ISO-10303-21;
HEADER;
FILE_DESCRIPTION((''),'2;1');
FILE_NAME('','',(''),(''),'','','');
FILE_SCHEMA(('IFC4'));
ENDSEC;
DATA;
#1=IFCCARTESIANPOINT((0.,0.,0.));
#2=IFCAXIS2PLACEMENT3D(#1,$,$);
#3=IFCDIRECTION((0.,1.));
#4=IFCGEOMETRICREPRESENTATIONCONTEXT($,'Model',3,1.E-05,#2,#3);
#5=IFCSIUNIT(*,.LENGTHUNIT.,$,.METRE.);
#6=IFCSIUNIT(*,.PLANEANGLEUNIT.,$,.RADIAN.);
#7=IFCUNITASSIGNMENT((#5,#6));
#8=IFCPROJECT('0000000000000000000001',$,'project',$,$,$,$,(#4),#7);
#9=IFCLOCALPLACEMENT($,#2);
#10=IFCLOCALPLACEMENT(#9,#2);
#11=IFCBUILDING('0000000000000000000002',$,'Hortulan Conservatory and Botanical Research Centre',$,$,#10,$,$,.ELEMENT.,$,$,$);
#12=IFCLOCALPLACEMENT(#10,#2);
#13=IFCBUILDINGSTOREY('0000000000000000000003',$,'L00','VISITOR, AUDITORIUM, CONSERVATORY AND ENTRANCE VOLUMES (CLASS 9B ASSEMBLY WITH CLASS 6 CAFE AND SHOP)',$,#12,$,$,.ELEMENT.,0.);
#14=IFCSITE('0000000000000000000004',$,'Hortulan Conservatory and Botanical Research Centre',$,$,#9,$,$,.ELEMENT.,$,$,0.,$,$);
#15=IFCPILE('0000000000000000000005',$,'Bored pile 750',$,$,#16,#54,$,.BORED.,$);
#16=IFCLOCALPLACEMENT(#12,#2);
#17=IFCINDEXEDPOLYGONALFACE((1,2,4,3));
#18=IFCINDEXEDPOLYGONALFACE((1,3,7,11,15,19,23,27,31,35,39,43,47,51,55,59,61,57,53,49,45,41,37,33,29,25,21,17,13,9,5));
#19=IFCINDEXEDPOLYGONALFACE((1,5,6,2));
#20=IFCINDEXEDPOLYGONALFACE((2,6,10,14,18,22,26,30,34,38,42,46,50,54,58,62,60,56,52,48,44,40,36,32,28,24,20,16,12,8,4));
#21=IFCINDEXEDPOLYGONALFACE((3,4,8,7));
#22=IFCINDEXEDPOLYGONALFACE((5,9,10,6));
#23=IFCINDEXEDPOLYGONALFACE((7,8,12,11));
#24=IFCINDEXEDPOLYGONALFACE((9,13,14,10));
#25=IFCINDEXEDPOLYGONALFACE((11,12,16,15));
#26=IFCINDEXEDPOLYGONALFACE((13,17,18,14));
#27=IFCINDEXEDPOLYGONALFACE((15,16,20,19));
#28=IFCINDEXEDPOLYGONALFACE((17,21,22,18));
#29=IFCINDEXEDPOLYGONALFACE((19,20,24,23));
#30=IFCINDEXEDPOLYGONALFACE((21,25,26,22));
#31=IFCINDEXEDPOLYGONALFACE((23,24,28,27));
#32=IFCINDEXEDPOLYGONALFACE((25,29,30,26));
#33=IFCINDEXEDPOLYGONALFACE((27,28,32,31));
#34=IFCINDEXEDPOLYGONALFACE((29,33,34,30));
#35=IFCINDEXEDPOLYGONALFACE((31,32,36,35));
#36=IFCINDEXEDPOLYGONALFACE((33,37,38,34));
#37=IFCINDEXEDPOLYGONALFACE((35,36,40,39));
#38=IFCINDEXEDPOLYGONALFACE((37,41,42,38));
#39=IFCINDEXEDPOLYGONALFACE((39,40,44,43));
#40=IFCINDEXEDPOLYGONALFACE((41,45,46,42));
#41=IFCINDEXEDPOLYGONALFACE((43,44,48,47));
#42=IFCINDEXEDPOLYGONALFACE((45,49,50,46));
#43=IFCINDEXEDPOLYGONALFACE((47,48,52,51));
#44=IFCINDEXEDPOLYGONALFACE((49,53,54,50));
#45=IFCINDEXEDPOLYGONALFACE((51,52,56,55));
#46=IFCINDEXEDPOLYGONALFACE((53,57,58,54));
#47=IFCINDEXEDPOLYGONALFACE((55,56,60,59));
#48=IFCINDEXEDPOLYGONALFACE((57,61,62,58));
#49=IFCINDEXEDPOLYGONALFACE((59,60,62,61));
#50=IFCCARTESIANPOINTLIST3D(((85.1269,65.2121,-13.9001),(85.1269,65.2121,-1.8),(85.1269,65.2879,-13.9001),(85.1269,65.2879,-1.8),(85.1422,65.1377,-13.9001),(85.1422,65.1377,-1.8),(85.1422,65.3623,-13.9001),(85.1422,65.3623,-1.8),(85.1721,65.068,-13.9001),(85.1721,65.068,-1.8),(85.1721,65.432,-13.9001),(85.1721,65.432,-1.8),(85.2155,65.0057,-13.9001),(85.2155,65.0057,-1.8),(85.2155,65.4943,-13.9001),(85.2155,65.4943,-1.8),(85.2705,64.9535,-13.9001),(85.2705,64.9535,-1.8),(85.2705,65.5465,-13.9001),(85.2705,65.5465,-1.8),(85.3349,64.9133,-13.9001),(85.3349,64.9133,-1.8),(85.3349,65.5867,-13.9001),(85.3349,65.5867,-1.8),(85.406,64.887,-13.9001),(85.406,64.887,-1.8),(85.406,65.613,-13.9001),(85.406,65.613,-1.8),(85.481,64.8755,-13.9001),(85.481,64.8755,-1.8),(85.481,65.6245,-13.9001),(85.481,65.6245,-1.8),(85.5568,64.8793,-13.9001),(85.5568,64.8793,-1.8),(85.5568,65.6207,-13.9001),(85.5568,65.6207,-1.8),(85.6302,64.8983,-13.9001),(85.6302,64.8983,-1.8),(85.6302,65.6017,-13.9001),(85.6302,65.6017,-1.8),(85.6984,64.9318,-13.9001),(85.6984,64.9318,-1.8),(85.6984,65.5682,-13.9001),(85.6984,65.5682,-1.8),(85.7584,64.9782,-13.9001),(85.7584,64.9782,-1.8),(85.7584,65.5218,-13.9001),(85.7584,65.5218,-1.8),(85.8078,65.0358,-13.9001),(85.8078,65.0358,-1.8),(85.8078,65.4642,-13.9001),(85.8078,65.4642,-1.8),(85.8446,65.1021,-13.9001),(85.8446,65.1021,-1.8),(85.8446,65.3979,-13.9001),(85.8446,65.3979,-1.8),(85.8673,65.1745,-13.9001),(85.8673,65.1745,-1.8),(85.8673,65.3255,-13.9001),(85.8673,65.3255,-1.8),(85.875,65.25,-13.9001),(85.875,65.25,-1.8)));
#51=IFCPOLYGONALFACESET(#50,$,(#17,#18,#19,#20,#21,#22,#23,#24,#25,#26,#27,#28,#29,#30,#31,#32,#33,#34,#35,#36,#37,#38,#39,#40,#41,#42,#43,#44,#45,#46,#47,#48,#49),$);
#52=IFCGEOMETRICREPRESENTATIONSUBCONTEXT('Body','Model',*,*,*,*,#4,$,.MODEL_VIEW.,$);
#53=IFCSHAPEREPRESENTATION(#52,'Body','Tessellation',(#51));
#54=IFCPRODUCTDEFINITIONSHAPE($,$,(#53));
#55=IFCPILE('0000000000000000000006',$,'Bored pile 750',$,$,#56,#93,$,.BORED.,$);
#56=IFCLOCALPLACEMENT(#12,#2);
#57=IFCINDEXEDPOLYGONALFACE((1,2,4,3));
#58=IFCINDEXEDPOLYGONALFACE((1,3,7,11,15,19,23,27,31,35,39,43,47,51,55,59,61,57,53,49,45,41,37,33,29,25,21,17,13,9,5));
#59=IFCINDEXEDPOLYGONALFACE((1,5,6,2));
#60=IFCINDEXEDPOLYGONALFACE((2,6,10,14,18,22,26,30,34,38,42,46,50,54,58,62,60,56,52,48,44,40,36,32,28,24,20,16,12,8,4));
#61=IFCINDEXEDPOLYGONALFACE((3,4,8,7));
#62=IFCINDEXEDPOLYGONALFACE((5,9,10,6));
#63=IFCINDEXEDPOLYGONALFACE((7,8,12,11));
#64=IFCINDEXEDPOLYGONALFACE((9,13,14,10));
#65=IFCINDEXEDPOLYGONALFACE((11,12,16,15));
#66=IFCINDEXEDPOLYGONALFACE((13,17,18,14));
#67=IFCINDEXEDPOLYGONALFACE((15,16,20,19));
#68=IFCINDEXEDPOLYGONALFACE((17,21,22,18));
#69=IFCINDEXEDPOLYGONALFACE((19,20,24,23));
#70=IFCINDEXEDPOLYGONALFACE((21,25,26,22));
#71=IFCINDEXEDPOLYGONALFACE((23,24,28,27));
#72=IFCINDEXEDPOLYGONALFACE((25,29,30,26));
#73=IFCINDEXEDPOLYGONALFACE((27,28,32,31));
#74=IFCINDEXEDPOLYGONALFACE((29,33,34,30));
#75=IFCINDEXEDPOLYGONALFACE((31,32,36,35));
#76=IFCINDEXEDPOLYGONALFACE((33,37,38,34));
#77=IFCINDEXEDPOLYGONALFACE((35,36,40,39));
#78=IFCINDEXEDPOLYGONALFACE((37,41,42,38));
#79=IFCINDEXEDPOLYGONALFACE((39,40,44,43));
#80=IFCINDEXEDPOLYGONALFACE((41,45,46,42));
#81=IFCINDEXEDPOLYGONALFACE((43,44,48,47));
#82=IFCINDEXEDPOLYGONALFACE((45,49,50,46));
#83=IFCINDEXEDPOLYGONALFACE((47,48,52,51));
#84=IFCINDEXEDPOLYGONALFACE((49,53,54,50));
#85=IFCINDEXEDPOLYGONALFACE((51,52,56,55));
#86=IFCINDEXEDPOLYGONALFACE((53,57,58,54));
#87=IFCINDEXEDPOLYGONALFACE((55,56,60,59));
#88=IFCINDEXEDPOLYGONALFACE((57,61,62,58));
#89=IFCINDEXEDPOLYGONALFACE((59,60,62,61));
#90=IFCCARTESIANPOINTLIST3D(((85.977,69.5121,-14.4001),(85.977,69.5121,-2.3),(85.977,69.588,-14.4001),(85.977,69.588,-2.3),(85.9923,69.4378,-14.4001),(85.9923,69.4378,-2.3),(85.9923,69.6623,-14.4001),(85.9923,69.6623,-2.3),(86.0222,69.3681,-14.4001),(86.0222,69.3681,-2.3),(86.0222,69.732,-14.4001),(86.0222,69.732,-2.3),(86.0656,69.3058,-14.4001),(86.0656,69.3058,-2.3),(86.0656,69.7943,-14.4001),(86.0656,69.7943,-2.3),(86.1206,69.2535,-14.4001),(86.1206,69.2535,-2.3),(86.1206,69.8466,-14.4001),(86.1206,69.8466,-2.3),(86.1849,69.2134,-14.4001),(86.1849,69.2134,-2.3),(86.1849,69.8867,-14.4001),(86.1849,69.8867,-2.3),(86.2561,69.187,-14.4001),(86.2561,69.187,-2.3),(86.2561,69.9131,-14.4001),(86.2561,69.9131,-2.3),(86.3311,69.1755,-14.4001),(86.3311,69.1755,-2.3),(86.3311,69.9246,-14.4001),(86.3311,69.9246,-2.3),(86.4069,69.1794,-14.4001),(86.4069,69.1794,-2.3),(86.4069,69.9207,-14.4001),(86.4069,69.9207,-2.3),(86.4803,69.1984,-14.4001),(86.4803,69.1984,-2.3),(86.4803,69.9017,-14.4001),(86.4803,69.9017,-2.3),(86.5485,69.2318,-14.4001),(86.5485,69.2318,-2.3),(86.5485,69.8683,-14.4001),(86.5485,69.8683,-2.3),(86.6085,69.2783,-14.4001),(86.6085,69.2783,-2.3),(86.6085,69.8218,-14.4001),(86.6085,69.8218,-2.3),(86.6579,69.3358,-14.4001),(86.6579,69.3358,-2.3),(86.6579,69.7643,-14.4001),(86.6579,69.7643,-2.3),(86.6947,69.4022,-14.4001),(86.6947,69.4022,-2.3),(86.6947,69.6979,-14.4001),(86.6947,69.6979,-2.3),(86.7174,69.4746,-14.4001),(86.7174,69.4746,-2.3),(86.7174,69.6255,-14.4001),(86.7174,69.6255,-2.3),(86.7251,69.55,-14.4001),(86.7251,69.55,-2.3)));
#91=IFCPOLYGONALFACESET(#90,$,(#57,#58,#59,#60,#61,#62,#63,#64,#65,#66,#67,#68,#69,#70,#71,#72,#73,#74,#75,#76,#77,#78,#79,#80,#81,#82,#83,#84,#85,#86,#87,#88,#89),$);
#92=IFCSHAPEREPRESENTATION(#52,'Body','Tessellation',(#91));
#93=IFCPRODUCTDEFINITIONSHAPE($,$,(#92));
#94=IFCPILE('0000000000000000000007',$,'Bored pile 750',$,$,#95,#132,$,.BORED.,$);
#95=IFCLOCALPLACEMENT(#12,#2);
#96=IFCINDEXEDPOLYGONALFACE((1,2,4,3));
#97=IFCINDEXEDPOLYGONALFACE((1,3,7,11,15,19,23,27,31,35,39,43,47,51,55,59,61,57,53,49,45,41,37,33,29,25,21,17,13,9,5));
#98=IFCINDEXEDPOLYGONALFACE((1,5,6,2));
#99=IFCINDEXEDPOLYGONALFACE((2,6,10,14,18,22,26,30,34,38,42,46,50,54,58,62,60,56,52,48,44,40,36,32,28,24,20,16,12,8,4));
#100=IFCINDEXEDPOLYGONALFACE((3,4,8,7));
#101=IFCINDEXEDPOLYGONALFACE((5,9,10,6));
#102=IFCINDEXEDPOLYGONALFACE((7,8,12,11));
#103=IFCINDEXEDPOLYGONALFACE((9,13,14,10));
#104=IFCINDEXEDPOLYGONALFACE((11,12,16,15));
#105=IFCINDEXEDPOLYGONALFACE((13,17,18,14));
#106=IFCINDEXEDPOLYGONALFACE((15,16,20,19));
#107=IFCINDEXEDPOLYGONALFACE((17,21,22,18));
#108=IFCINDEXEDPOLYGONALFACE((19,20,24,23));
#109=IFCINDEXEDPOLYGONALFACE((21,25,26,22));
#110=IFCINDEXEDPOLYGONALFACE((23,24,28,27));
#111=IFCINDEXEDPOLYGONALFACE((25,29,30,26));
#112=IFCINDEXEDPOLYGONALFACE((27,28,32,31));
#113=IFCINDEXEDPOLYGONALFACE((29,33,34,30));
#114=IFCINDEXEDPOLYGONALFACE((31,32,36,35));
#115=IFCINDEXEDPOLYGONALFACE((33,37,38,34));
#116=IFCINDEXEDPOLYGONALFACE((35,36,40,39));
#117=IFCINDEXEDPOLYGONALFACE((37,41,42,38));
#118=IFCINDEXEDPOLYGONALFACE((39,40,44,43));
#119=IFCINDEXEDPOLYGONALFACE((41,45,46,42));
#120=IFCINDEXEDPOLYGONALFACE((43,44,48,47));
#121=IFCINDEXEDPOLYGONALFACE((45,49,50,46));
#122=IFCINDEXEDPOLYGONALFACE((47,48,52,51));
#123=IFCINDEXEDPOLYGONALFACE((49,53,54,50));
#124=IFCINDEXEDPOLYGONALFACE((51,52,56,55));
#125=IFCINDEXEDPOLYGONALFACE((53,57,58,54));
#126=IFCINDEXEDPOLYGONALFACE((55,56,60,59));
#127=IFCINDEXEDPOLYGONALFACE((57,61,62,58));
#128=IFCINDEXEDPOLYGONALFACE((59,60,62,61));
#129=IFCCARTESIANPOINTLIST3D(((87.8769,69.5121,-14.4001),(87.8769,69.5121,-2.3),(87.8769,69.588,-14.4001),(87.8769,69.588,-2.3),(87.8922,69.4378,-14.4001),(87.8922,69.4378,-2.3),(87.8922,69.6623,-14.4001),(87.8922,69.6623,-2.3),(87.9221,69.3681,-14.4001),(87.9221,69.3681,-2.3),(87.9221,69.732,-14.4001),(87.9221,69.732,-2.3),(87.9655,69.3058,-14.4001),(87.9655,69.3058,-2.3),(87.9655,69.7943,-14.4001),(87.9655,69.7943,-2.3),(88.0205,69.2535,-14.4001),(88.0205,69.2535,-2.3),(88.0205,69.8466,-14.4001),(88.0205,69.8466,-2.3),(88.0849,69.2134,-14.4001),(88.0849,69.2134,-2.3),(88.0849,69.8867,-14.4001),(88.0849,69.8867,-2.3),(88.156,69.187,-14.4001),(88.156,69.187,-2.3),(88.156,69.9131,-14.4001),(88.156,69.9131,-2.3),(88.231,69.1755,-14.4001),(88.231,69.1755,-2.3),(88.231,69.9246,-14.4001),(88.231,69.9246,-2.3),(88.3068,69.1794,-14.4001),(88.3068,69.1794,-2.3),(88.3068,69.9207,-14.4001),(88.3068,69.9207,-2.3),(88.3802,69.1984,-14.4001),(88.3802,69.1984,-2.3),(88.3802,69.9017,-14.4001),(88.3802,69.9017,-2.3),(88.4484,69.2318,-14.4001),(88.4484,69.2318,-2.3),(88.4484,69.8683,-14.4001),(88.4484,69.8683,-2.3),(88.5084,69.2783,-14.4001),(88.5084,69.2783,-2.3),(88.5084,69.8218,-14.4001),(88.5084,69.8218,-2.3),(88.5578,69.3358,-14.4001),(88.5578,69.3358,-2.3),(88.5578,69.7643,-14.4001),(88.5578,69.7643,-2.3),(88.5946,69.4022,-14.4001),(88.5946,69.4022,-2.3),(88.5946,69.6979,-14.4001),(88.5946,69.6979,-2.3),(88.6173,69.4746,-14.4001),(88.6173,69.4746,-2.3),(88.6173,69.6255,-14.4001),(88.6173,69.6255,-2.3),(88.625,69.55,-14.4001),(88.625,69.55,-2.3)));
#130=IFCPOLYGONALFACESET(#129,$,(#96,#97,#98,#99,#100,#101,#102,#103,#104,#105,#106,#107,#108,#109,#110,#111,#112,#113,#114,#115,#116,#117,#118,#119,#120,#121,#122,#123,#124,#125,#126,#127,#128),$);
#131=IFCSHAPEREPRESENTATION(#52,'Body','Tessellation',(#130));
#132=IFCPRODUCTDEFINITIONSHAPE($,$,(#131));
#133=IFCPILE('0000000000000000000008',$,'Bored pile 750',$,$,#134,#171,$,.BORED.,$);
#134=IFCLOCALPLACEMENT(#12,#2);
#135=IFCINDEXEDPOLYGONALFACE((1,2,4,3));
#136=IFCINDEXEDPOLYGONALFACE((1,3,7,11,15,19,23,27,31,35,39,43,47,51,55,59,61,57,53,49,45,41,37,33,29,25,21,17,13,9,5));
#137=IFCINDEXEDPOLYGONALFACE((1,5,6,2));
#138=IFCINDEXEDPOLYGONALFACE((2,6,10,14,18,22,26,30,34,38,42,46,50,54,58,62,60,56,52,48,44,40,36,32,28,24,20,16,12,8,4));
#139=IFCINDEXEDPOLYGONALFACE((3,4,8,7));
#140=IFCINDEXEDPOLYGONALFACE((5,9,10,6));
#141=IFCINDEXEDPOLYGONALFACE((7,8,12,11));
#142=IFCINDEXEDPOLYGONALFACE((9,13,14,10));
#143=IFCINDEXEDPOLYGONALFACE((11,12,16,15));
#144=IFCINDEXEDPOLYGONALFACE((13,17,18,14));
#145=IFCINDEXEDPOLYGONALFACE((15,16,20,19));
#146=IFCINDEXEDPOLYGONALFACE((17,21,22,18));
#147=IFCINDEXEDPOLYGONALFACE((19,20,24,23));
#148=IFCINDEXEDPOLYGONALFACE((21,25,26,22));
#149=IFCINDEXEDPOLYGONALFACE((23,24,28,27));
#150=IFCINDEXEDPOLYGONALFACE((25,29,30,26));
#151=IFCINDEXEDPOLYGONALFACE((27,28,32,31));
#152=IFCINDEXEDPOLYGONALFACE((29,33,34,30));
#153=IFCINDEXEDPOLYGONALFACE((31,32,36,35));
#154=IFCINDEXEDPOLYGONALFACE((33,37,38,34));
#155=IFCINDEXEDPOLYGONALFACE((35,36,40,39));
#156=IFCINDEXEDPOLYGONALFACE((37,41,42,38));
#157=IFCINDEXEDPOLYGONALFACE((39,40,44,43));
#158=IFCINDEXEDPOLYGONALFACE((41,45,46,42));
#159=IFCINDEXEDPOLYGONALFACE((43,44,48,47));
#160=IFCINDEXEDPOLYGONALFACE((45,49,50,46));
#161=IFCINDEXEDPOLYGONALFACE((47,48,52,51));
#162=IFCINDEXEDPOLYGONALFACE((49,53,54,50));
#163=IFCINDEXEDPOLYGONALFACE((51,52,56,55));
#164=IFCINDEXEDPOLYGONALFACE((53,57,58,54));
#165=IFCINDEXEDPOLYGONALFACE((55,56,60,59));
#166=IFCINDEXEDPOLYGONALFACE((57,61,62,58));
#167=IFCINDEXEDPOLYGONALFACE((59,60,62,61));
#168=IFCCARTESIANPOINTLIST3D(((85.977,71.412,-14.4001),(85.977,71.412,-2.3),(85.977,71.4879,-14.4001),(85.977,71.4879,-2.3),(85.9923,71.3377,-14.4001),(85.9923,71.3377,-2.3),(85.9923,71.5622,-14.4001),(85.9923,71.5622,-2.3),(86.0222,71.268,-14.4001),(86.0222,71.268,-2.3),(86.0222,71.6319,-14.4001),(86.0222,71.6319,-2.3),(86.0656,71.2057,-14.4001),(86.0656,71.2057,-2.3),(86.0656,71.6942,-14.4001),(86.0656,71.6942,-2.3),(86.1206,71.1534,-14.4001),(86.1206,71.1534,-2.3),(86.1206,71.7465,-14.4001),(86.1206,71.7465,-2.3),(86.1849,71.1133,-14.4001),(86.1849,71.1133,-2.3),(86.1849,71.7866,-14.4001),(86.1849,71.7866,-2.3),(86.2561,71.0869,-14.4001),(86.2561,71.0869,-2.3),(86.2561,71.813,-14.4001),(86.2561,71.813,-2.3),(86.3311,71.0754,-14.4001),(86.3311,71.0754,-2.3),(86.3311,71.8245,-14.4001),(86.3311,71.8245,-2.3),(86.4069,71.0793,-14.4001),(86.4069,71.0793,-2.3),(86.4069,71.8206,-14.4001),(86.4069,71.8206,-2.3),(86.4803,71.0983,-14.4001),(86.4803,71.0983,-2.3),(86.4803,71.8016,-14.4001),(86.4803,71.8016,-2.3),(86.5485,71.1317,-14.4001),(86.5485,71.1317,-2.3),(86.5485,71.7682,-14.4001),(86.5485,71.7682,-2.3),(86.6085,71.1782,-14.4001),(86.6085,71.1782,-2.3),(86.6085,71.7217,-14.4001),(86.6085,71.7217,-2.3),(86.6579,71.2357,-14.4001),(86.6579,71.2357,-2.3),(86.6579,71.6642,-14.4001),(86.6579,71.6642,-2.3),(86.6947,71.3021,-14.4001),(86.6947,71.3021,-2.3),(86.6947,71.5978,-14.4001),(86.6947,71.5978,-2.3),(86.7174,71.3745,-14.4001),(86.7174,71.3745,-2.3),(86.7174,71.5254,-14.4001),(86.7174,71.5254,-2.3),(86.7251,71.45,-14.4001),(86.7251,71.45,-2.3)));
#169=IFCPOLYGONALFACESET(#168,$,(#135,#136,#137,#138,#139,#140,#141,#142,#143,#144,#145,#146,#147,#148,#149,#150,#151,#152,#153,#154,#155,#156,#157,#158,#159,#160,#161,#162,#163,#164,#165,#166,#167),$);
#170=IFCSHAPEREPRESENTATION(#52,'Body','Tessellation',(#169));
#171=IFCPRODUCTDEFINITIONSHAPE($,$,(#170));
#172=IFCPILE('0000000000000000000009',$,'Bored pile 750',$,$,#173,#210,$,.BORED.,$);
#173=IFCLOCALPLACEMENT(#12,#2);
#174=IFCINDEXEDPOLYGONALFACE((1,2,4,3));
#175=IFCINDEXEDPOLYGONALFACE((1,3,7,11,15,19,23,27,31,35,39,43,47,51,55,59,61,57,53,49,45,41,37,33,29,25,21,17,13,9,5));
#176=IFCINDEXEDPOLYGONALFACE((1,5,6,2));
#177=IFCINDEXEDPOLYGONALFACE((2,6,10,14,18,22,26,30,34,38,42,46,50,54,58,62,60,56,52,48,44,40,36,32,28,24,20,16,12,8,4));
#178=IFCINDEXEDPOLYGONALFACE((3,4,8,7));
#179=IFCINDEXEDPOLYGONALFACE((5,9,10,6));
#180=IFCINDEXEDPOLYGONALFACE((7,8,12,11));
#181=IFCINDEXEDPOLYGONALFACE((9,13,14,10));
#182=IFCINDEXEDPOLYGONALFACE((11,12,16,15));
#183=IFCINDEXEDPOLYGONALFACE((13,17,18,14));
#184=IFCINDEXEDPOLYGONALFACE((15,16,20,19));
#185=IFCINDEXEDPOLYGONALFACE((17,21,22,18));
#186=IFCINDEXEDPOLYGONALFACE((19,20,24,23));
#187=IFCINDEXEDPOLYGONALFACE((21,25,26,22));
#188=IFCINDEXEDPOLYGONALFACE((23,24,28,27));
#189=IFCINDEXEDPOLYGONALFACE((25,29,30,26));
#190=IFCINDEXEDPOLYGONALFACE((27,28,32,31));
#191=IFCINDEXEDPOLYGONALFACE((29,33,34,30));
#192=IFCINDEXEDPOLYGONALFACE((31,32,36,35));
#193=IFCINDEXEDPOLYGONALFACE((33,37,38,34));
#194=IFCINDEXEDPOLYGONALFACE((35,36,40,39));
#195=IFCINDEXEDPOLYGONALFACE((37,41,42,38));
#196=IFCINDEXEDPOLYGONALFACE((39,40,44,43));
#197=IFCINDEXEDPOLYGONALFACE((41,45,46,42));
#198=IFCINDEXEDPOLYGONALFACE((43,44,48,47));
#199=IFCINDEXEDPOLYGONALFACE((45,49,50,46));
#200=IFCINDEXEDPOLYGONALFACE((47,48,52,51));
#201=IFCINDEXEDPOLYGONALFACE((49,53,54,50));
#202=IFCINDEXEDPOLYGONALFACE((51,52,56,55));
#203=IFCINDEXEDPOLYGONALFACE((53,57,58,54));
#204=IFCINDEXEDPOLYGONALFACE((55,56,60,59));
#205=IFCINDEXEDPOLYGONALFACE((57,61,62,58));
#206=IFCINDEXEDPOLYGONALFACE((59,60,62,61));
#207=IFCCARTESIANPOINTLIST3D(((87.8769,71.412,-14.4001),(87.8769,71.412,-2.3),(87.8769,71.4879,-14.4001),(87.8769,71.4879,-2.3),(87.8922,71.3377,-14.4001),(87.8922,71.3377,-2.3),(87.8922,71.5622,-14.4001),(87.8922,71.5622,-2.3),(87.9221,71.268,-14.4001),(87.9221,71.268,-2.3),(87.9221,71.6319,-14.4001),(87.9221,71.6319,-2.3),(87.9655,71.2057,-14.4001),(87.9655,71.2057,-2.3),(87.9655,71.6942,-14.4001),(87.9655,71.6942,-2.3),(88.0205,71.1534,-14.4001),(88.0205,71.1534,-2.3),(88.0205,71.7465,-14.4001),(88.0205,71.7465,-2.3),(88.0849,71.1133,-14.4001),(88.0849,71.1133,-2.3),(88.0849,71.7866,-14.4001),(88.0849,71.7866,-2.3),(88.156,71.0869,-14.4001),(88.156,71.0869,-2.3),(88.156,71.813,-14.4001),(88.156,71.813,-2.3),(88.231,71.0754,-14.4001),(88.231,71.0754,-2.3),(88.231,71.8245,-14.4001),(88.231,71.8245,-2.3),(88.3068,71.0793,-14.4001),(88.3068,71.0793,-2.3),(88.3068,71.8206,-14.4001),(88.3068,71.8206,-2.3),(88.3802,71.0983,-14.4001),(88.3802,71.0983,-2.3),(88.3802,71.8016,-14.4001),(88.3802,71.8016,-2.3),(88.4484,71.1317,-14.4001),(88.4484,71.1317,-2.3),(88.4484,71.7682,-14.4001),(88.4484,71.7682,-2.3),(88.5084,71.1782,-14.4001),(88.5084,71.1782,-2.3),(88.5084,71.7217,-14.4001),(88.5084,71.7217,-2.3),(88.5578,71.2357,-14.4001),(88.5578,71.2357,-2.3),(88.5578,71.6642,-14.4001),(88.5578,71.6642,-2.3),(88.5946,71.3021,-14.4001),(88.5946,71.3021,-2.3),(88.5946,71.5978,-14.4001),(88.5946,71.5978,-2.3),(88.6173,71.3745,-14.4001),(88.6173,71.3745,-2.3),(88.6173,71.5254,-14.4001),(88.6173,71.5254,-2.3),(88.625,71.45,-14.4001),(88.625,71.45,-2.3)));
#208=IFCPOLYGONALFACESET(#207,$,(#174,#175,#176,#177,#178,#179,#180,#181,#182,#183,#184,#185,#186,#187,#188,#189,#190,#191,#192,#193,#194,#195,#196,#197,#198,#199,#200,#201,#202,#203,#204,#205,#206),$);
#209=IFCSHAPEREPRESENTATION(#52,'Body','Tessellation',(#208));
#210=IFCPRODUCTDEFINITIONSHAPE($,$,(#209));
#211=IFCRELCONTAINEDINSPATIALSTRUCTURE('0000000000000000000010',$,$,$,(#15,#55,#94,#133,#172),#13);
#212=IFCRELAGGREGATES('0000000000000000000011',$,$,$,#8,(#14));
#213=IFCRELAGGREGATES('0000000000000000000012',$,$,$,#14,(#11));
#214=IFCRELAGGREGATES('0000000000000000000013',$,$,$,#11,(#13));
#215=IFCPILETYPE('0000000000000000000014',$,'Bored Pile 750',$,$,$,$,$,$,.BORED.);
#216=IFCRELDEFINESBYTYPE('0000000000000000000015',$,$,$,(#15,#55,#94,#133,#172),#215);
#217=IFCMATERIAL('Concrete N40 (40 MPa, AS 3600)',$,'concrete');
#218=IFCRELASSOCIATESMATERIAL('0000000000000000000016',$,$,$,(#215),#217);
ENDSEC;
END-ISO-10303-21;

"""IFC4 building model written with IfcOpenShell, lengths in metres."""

from ifc_helpers import new_model, si_unit, direction, frame, origin, origin_2d, place, context, subcontext, project, spatial, circle, extrude, material, material_profile, profile_set, type_object, element, save


model = new_model("IFC4")

# Units and contexts
model_context = context("Model", 3, precision=1e-05, world=origin(), true_north=direction((0.0, 1.0)))
body_context = subcontext(model_context, "Body", "Model", "MODEL_VIEW")
ifc_project = project(units=[si_unit("LENGTHUNIT", "METRE"), si_unit("PLANEANGLEUNIT", "RADIAN")], contexts=[model_context])

# Site, building, storey
site_placement = place(None, origin())
site = spatial("IfcSite", under=ifc_project, at=site_placement, Name="Hortulan Conservatory and Botanical Research Centre", CompositionType="ELEMENT", RefElevation=0.0)
building_placement = place(site_placement, origin())
building = spatial("IfcBuilding", under=site, at=building_placement, Name="Hortulan Conservatory and Botanical Research Centre", CompositionType="ELEMENT")
storey_placement = place(building_placement, origin())
storey = spatial("IfcBuildingStorey", under=building, at=storey_placement, Name="L00", Description="VISITOR, AUDITORIUM, CONSERVATORY AND ENTRANCE VOLUMES (CLASS 9B ASSEMBLY WITH CLASS 6 CAFE AND SHOP)", CompositionType="ELEMENT", Elevation=0.0)

# Piles
ifc_material_1 = material(Name="Concrete N40 (40 MPa, AS 3600)", Category="concrete")
ifc_material_profile_1 = material_profile(ifc_material_1, circle(Radius=0.375, at=origin_2d()), Name="Bored pile 750 diameter")
ifc_profile_set_1 = profile_set([ifc_material_profile_1], Name="Concrete N40 (40 MPa, AS 3600)")
pile_type = type_object("IfcPileType", Name="Bored Pile 750", PredefinedType="BORED", material=ifc_profile_set_1)
for number, where, z_axis, x_axis, name in (
    (1, (85.5, 65.25, -1.8), (0.0, 0.0, -1.0), (1.0, 0.0, 0.0), "Bored pile 750"),
    (2, (86.3501, 69.55, -2.3), (0.0, 0.0, -1.0), (1.0, 0.0, 0.0), "Bored pile 750"),
    (3, (88.25, 69.55, -2.3), (0.0, 0.0, -1.0), (1.0, 0.0, 0.0), "Bored pile 750"),
    (4, (86.3501, 71.45, -2.3), (0.0, 0.0, -1.0), (1.0, 0.0, 0.0), "Bored pile 750"),
    (5, (88.25, 71.45, -2.3), (0.0, 0.0, -1.0), (1.0, 0.0, 0.0), "Bored pile 750"),
):
    element("IfcPile", number, at=place(storey_placement, frame(where, z_axis=z_axis, x_axis=x_axis)), inside=storey, type_object=pile_type, Name=name, PredefinedType="BORED", context=body_context, shape_type="SweptSolid", body=[
        extrude(circle(Radius=0.375, at=origin_2d()), origin(), (0.0, 0.0, 1.0), 12.1001),
    ])

save(model, "model.ifc")
